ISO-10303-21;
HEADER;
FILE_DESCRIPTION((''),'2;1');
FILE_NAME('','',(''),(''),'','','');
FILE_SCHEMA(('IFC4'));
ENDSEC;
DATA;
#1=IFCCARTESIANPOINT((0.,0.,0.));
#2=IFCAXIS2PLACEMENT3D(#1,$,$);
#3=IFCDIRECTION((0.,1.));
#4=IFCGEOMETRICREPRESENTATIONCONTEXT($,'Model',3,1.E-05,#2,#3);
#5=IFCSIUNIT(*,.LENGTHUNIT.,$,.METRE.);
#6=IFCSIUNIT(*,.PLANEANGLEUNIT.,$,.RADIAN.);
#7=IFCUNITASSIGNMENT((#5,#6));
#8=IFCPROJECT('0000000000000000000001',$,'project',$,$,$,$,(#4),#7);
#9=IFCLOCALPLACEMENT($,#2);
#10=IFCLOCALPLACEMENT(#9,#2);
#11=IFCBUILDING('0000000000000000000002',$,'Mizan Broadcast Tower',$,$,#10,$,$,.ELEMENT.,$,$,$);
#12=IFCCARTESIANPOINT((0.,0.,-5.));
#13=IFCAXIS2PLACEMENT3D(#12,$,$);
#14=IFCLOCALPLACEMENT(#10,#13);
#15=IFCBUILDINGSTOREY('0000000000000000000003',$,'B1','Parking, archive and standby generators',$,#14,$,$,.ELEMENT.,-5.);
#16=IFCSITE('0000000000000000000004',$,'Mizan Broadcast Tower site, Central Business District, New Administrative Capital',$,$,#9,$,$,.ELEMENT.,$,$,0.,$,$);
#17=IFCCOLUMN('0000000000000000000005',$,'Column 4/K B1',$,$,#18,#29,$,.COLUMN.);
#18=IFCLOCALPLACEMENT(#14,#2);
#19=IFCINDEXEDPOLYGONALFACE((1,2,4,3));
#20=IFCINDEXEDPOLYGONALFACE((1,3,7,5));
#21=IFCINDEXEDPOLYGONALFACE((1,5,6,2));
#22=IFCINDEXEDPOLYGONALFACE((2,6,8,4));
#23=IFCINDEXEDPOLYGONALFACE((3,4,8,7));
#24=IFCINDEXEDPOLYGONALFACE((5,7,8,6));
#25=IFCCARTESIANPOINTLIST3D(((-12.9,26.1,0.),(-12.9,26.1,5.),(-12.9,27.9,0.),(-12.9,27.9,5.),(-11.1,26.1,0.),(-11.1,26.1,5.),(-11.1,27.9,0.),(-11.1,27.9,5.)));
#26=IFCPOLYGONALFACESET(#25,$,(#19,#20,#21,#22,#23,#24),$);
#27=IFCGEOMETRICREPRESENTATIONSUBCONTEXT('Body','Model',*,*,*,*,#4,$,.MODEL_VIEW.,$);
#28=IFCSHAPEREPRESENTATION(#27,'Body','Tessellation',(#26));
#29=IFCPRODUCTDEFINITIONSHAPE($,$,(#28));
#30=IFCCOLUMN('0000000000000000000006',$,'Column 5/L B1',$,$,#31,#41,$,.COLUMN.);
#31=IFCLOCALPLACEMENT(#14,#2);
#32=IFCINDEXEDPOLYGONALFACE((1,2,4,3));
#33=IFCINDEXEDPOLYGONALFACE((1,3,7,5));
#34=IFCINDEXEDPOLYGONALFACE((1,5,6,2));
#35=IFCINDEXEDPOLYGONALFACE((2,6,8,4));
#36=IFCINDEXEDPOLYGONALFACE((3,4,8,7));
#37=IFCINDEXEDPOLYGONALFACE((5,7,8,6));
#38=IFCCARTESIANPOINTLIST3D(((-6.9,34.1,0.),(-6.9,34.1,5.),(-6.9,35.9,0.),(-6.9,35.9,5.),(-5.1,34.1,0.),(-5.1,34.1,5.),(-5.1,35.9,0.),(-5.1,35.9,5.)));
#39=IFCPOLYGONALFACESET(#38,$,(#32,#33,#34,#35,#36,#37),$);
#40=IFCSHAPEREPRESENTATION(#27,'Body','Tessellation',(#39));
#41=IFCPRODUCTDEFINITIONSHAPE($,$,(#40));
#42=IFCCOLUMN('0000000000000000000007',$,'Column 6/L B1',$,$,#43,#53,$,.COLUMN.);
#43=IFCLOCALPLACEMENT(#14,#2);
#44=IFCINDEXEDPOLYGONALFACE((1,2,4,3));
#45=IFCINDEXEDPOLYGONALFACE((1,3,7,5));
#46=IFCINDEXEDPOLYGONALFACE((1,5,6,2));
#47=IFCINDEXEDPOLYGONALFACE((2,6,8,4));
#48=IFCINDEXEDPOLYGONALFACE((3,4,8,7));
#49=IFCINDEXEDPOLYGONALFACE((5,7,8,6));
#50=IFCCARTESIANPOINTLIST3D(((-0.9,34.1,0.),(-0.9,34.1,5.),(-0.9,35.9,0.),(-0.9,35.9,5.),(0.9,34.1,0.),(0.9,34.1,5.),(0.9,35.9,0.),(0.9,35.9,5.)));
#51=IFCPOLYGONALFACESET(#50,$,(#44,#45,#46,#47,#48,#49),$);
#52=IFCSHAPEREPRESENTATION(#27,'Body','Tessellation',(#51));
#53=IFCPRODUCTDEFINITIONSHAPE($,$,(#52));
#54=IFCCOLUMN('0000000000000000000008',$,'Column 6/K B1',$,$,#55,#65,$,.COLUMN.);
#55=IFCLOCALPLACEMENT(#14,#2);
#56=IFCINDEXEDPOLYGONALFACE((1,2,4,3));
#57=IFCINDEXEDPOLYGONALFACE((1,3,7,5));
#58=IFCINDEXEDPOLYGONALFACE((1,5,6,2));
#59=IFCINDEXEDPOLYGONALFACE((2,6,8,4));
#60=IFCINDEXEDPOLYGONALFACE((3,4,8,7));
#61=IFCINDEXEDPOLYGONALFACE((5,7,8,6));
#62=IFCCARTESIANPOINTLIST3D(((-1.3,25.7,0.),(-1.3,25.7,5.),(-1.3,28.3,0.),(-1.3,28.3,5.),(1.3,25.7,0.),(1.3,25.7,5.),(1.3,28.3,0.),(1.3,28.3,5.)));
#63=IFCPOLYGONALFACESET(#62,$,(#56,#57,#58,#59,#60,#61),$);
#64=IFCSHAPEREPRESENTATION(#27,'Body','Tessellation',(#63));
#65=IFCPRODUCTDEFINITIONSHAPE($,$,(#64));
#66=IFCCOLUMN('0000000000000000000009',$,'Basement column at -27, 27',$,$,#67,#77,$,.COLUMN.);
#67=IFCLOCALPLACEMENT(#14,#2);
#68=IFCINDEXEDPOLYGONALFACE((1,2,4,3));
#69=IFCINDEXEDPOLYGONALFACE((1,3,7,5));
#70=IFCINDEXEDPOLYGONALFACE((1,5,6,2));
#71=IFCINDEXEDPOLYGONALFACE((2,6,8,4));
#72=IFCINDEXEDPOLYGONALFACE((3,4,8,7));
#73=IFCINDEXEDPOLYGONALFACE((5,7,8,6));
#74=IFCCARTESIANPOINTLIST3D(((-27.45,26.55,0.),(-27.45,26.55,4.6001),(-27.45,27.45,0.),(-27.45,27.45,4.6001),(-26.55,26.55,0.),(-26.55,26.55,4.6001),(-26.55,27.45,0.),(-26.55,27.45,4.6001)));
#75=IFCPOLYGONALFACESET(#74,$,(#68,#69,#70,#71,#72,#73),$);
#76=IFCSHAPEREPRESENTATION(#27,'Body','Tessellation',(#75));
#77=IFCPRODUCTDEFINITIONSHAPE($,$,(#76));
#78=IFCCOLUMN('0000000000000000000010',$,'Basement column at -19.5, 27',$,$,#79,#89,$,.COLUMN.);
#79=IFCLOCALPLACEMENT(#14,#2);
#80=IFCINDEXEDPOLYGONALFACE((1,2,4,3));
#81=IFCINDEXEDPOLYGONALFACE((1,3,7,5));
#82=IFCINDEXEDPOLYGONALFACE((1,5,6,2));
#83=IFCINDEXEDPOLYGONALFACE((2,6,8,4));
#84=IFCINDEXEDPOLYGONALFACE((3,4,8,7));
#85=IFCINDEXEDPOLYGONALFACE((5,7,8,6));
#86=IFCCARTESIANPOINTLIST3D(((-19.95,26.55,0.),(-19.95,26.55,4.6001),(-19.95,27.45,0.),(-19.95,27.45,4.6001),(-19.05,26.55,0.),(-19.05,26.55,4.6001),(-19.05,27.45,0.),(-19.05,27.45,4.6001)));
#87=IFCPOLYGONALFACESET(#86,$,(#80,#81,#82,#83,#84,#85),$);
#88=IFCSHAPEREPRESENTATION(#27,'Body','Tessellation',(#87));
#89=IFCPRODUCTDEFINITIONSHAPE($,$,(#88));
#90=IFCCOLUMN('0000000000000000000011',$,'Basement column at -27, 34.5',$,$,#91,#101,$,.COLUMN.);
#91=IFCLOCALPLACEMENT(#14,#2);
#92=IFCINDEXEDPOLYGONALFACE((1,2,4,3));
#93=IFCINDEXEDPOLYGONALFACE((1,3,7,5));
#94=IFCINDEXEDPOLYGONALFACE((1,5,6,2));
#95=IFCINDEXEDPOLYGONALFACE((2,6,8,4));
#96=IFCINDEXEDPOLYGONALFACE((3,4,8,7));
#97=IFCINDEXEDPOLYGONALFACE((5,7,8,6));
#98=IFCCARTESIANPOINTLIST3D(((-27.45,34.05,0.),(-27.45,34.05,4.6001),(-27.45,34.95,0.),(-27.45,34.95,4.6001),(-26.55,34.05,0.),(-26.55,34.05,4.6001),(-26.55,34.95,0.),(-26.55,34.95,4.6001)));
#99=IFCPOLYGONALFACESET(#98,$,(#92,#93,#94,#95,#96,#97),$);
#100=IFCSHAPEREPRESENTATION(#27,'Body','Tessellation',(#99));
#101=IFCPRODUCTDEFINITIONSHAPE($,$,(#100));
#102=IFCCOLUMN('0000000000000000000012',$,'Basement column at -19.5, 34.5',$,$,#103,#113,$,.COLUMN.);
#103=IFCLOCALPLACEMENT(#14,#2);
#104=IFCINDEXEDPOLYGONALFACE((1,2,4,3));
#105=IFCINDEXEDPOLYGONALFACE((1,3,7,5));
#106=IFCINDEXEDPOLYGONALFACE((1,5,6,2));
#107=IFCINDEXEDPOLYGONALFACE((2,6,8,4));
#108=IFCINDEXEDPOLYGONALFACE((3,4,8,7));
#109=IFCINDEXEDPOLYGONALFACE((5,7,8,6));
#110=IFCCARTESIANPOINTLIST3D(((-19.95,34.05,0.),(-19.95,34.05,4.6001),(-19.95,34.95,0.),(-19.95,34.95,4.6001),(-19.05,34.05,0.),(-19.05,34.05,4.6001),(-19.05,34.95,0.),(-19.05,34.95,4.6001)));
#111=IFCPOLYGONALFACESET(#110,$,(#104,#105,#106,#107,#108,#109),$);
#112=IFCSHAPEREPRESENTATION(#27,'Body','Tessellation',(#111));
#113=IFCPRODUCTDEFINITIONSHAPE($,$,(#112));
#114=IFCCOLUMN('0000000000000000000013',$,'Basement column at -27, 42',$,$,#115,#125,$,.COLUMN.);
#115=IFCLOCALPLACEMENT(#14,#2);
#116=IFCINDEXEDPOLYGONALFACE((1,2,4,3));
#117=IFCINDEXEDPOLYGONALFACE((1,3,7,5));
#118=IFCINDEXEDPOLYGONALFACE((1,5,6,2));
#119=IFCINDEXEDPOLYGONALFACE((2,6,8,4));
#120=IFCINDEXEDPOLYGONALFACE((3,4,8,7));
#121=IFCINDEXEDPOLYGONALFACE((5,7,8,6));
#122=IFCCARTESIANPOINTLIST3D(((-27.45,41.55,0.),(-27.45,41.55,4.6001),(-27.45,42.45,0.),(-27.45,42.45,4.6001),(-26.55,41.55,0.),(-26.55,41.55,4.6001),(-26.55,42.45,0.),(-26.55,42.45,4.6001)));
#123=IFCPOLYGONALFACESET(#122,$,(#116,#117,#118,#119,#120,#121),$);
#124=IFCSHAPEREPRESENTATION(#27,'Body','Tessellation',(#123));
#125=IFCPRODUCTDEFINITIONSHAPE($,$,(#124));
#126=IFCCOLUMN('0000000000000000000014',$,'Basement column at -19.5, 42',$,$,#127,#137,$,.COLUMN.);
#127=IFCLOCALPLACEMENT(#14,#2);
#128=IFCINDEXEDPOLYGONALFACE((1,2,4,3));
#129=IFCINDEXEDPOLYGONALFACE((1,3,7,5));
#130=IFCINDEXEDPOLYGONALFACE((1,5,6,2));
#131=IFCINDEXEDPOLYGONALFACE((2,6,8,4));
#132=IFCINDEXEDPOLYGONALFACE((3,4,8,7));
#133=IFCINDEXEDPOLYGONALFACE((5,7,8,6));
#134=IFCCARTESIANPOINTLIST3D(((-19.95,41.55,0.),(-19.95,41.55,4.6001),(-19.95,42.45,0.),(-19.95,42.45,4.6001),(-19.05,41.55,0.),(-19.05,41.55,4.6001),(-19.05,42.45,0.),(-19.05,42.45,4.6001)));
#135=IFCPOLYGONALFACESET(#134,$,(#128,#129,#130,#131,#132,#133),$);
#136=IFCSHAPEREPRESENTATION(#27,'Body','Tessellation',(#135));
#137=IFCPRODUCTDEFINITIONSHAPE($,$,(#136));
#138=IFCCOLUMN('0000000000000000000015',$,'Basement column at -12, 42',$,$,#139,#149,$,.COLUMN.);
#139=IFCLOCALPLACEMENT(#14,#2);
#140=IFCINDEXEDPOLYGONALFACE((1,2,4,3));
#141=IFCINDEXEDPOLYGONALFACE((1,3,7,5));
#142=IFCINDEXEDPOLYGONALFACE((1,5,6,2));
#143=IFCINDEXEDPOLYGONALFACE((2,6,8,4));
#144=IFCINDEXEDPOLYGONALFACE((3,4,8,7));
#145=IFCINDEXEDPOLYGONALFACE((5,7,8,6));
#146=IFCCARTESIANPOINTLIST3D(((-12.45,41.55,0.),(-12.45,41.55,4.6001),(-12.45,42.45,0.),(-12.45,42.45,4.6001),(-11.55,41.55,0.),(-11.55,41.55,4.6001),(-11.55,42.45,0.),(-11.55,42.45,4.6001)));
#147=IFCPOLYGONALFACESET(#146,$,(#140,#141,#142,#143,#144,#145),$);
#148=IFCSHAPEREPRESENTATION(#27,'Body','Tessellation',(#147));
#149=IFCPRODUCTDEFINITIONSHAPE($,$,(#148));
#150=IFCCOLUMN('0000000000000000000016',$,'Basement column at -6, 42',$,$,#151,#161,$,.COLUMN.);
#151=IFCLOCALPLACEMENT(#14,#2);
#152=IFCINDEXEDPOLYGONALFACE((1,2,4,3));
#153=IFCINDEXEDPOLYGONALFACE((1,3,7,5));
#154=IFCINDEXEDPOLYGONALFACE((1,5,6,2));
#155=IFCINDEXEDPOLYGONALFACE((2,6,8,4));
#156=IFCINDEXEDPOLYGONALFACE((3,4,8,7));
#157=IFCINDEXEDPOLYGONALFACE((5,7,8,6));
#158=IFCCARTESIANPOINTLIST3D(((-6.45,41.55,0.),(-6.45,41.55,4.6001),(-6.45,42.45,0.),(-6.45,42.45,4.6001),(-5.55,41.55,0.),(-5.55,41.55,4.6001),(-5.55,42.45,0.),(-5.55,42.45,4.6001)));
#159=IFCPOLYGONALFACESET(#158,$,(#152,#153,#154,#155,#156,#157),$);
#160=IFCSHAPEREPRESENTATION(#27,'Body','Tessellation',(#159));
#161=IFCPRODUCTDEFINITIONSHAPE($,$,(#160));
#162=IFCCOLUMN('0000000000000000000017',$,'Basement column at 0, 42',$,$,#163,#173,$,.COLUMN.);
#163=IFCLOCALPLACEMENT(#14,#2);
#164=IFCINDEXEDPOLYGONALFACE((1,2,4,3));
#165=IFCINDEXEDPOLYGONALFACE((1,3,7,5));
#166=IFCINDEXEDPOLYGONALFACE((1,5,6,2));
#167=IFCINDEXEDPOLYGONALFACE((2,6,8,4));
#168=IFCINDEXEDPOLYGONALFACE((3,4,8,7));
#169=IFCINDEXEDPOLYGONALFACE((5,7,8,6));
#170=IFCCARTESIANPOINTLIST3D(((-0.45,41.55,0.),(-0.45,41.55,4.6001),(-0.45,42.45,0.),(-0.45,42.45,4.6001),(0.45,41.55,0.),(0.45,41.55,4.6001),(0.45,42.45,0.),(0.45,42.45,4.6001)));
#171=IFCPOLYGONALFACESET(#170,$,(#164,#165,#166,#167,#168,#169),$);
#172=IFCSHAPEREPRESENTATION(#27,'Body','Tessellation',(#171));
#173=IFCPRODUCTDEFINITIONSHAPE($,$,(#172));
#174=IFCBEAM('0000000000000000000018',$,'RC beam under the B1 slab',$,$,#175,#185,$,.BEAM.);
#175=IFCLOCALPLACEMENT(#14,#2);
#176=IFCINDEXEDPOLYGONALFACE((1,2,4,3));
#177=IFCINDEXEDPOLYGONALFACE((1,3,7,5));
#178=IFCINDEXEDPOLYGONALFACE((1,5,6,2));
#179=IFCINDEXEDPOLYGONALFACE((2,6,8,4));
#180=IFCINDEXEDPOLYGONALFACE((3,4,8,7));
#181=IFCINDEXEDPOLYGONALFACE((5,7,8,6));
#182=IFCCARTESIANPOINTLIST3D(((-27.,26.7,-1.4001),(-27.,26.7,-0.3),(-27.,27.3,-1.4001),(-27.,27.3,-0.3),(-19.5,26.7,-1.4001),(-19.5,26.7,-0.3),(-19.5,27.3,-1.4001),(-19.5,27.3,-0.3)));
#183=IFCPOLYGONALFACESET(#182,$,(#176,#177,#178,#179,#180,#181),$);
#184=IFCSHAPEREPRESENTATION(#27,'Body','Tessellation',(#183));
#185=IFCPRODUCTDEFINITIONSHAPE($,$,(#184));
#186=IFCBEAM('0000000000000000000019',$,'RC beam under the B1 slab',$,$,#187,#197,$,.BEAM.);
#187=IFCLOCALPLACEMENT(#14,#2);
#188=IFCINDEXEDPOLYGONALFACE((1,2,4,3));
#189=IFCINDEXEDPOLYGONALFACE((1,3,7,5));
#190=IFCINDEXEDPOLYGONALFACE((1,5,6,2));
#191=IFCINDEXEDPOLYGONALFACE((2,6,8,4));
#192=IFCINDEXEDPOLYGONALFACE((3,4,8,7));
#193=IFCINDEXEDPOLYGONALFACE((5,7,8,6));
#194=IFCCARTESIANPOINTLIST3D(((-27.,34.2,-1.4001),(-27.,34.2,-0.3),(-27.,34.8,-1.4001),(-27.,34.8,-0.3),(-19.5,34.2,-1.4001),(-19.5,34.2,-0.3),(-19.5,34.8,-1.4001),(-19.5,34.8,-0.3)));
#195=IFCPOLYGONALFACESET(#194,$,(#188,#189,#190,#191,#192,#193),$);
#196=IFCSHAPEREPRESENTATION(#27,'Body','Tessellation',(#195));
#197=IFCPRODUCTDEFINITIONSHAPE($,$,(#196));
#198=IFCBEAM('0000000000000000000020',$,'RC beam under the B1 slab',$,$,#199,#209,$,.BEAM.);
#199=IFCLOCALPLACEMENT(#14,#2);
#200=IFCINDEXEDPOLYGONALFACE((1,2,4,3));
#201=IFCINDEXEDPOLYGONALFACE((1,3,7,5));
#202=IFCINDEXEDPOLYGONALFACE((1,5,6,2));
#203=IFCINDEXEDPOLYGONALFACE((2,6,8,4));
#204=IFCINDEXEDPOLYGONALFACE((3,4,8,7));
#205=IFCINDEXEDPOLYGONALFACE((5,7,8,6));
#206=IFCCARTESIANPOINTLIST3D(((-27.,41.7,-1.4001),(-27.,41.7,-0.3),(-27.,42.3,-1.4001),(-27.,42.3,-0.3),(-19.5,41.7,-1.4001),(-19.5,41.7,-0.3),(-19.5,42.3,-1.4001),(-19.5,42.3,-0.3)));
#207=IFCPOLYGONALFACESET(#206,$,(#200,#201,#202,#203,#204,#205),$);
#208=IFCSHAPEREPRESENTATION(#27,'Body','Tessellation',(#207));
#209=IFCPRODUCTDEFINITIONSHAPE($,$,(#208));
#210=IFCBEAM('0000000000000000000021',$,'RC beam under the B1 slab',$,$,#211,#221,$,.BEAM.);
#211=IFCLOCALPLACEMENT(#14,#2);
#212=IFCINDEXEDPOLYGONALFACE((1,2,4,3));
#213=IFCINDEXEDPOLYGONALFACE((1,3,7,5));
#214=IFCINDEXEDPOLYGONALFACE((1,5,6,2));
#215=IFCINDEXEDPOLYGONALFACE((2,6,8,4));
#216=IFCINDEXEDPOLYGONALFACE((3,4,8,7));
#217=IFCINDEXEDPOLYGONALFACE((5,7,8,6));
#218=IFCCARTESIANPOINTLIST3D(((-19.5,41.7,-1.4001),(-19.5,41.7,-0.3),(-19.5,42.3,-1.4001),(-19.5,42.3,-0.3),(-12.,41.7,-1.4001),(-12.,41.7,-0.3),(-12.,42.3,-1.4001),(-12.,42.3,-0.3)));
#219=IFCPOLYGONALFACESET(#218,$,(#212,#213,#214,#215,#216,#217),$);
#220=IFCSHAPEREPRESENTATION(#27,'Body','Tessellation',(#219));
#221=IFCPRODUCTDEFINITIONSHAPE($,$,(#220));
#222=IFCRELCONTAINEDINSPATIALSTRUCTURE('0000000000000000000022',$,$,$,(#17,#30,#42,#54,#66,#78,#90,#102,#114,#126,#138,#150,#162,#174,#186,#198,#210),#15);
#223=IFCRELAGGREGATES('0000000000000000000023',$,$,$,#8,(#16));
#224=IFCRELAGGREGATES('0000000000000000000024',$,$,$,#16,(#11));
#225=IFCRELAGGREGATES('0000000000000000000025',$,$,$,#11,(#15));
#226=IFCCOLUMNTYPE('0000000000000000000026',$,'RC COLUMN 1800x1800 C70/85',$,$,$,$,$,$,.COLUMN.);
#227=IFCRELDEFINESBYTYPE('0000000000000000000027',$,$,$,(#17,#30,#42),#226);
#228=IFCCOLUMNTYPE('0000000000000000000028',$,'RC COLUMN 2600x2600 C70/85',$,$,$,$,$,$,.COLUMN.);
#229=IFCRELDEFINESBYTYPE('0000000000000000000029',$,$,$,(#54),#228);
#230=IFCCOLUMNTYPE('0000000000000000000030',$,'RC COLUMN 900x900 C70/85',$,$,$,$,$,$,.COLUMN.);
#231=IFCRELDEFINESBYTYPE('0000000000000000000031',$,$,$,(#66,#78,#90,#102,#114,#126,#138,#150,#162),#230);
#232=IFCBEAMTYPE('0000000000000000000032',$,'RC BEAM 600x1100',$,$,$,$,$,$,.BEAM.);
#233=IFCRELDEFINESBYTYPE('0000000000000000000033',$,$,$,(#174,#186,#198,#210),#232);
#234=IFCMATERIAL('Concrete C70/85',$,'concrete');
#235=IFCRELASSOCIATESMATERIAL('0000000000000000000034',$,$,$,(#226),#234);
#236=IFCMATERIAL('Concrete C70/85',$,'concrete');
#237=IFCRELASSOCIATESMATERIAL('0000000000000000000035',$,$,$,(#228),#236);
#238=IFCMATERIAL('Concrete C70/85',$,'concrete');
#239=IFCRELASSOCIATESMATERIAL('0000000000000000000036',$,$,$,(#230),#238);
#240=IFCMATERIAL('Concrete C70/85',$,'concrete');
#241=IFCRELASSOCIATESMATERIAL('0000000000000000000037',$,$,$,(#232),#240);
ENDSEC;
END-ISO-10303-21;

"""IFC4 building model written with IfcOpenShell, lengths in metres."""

from ifc_helpers import new_model, si_unit, direction, frame, origin, origin_2d, place, context, subcontext, project, spatial, rectangle, extrude, material, material_profile, profile_set, type_object, element, save


model = new_model("IFC4")

# Units and contexts
model_context = context("Model", 3, precision=1e-05, world=origin(), true_north=direction((0.0, 1.0)))
body_context = subcontext(model_context, "Body", "Model", "MODEL_VIEW")
ifc_project = project(units=[si_unit("LENGTHUNIT", "METRE"), si_unit("PLANEANGLEUNIT", "RADIAN")], contexts=[model_context])

# Site, building, storey
site_placement = place(None, origin())
site = spatial("IfcSite", under=ifc_project, at=site_placement, Name="Mizan Broadcast Tower site, Central Business District, New Administrative Capital", CompositionType="ELEMENT", RefElevation=0.0)
building_placement = place(site_placement, origin())
building = spatial("IfcBuilding", under=site, at=building_placement, Name="Mizan Broadcast Tower", CompositionType="ELEMENT")
storey_placement = place(building_placement, frame((0.0, 0.0, -5.0)))
storey = spatial("IfcBuildingStorey", under=building, at=storey_placement, Name="B1", Description="Parking, archive and standby generators", CompositionType="ELEMENT", Elevation=-5.0)

# Columns
ifc_material_1 = material(Name="Concrete C70/85", Category="concrete")
ifc_material_profile_1 = material_profile(ifc_material_1, rectangle(XDim=1.8, YDim=1.8, at=origin_2d()), Name="RC 1800x1800")
ifc_profile_set_1 = profile_set([ifc_material_profile_1], Name="Concrete C70/85")
column_type_1 = type_object("IfcColumnType", Name="RC COLUMN 1800x1800 C70/85", PredefinedType="COLUMN", material=ifc_profile_set_1)
for number, where, z_axis, x_axis, name in (
    (1, (-12.0, 27.0, 0.0), (0.0, 0.0, 1.0), (1.0, 0.0, 0.0), "Column 4/K B1"),
    (2, (-6.0, 35.0, 0.0), (0.0, 0.0, 1.0), (1.0, 0.0, 0.0), "Column 5/L B1"),
    (3, (0.0, 35.0, 0.0), (0.0, 0.0, 1.0), (1.0, 0.0, 0.0), "Column 6/L B1"),
):
    element("IfcColumn", number, at=place(storey_placement, frame(where, z_axis=z_axis, x_axis=x_axis)), inside=storey, type_object=column_type_1, Name=name, PredefinedType="COLUMN", context=body_context, shape_type="SweptSolid", body=[
        extrude(rectangle(XDim=1.8, YDim=1.8, at=origin_2d()), origin(), (0.0, 0.0, 1.0), 5.0),
    ])
ifc_material_2 = material(Name="Concrete C70/85", Category="concrete")
ifc_material_profile_2 = material_profile(ifc_material_2, rectangle(XDim=2.6001, YDim=2.6001, at=origin_2d()), Name="RC 2600x2600")
ifc_profile_set_2 = profile_set([ifc_material_profile_2], Name="Concrete C70/85")
column_type_2 = type_object("IfcColumnType", Name="RC COLUMN 2600x2600 C70/85", PredefinedType="COLUMN", material=ifc_profile_set_2)
column_placement = place(storey_placement, frame((0.0, 27.0, 0.0), z_axis=(0.0, 0.0, 1.0), x_axis=(1.0, 0.0, 0.0)))
element("IfcColumn", 4, at=column_placement, inside=storey, type_object=column_type_2, Name="Column 6/K B1", PredefinedType="COLUMN", context=body_context, shape_type="SweptSolid", body=[
    extrude(rectangle(XDim=2.6001, YDim=2.6001, at=origin_2d()), origin(), (0.0, 0.0, 1.0), 5.0),
])
ifc_material_3 = material(Name="Concrete C70/85", Category="concrete")
ifc_material_profile_3 = material_profile(ifc_material_3, rectangle(XDim=0.8999, YDim=0.8999, at=origin_2d()), Name="RC 900x900")
ifc_profile_set_3 = profile_set([ifc_material_profile_3], Name="Concrete C70/85")
column_type_3 = type_object("IfcColumnType", Name="RC COLUMN 900x900 C70/85", PredefinedType="COLUMN", material=ifc_profile_set_3)
for number, where, z_axis, x_axis, name in (
    (5, (-27.0, 27.0, 0.0), (0.0, 0.0, 1.0), (1.0, 0.0, 0.0), "Basement column at -27, 27"),
    (6, (-19.5, 27.0, 0.0), (0.0, 0.0, 1.0), (1.0, 0.0, 0.0), "Basement column at -19.5, 27"),
    (7, (-27.0, 34.5, 0.0), (0.0, 0.0, 1.0), (1.0, 0.0, 0.0), "Basement column at -27, 34.5"),
    (8, (-19.5, 34.5, 0.0), (0.0, 0.0, 1.0), (1.0, 0.0, 0.0), "Basement column at -19.5, 34.5"),
    (9, (-27.0, 42.0, 0.0), (0.0, 0.0, 1.0), (1.0, 0.0, 0.0), "Basement column at -27, 42"),
    (10, (-19.5, 42.0, 0.0), (0.0, 0.0, 1.0), (1.0, 0.0, 0.0), "Basement column at -19.5, 42"),
    (11, (-12.0, 42.0, 0.0), (0.0, 0.0, 1.0), (1.0, 0.0, 0.0), "Basement column at -12, 42"),
    (12, (-6.0, 42.0, 0.0), (0.0, 0.0, 1.0), (1.0, 0.0, 0.0), "Basement column at -6, 42"),
    (13, (0.0, 42.0, 0.0), (0.0, 0.0, 1.0), (1.0, 0.0, 0.0), "Basement column at 0, 42"),
):
    element("IfcColumn", number, at=place(storey_placement, frame(where, z_axis=z_axis, x_axis=x_axis)), inside=storey, type_object=column_type_3, Name=name, PredefinedType="COLUMN", context=body_context, shape_type="SweptSolid", body=[
        extrude(rectangle(XDim=0.8999, YDim=0.8999, at=origin_2d()), origin(), (0.0, 0.0, 1.0), 4.6001),
    ])

# Beams
ifc_material_4 = material(Name="Concrete C70/85", Category="concrete")
ifc_material_profile_4 = material_profile(ifc_material_4, rectangle(XDim=0.6001, YDim=1.1001, at=origin_2d()), Name="RC 600x1100")
ifc_profile_set_4 = profile_set([ifc_material_profile_4], Name="Concrete C70/85")
beam_type = type_object("IfcBeamType", Name="RC BEAM 600x1100", PredefinedType="BEAM", material=ifc_profile_set_4)
for number, where, z_axis, x_axis, name in (
    (14, (-27.0, 27.0, -0.8501), (1.0, 0.0, 0.0), (0.0, 1.0, 0.0), "RC beam under the B1 slab"),
    (15, (-27.0, 34.5, -0.8501), (1.0, 0.0, 0.0), (0.0, 1.0, 0.0), "RC beam under the B1 slab"),
    (16, (-27.0, 42.0, -0.8501), (1.0, 0.0, 0.0), (0.0, 1.0, 0.0), "RC beam under the B1 slab"),
    (17, (-19.5, 42.0, -0.8501), (1.0, 0.0, 0.0), (0.0, 1.0, 0.0), "RC beam under the B1 slab"),
):
    element("IfcBeam", number, at=place(storey_placement, frame(where, z_axis=z_axis, x_axis=x_axis)), inside=storey, type_object=beam_type, Name=name, PredefinedType="BEAM", context=body_context, shape_type="SweptSolid", body=[
        extrude(rectangle(XDim=0.6001, YDim=1.1001, at=origin_2d()), origin(), (0.0, 0.0, 1.0), 7.5),
    ])

save(model, "model.ifc")
